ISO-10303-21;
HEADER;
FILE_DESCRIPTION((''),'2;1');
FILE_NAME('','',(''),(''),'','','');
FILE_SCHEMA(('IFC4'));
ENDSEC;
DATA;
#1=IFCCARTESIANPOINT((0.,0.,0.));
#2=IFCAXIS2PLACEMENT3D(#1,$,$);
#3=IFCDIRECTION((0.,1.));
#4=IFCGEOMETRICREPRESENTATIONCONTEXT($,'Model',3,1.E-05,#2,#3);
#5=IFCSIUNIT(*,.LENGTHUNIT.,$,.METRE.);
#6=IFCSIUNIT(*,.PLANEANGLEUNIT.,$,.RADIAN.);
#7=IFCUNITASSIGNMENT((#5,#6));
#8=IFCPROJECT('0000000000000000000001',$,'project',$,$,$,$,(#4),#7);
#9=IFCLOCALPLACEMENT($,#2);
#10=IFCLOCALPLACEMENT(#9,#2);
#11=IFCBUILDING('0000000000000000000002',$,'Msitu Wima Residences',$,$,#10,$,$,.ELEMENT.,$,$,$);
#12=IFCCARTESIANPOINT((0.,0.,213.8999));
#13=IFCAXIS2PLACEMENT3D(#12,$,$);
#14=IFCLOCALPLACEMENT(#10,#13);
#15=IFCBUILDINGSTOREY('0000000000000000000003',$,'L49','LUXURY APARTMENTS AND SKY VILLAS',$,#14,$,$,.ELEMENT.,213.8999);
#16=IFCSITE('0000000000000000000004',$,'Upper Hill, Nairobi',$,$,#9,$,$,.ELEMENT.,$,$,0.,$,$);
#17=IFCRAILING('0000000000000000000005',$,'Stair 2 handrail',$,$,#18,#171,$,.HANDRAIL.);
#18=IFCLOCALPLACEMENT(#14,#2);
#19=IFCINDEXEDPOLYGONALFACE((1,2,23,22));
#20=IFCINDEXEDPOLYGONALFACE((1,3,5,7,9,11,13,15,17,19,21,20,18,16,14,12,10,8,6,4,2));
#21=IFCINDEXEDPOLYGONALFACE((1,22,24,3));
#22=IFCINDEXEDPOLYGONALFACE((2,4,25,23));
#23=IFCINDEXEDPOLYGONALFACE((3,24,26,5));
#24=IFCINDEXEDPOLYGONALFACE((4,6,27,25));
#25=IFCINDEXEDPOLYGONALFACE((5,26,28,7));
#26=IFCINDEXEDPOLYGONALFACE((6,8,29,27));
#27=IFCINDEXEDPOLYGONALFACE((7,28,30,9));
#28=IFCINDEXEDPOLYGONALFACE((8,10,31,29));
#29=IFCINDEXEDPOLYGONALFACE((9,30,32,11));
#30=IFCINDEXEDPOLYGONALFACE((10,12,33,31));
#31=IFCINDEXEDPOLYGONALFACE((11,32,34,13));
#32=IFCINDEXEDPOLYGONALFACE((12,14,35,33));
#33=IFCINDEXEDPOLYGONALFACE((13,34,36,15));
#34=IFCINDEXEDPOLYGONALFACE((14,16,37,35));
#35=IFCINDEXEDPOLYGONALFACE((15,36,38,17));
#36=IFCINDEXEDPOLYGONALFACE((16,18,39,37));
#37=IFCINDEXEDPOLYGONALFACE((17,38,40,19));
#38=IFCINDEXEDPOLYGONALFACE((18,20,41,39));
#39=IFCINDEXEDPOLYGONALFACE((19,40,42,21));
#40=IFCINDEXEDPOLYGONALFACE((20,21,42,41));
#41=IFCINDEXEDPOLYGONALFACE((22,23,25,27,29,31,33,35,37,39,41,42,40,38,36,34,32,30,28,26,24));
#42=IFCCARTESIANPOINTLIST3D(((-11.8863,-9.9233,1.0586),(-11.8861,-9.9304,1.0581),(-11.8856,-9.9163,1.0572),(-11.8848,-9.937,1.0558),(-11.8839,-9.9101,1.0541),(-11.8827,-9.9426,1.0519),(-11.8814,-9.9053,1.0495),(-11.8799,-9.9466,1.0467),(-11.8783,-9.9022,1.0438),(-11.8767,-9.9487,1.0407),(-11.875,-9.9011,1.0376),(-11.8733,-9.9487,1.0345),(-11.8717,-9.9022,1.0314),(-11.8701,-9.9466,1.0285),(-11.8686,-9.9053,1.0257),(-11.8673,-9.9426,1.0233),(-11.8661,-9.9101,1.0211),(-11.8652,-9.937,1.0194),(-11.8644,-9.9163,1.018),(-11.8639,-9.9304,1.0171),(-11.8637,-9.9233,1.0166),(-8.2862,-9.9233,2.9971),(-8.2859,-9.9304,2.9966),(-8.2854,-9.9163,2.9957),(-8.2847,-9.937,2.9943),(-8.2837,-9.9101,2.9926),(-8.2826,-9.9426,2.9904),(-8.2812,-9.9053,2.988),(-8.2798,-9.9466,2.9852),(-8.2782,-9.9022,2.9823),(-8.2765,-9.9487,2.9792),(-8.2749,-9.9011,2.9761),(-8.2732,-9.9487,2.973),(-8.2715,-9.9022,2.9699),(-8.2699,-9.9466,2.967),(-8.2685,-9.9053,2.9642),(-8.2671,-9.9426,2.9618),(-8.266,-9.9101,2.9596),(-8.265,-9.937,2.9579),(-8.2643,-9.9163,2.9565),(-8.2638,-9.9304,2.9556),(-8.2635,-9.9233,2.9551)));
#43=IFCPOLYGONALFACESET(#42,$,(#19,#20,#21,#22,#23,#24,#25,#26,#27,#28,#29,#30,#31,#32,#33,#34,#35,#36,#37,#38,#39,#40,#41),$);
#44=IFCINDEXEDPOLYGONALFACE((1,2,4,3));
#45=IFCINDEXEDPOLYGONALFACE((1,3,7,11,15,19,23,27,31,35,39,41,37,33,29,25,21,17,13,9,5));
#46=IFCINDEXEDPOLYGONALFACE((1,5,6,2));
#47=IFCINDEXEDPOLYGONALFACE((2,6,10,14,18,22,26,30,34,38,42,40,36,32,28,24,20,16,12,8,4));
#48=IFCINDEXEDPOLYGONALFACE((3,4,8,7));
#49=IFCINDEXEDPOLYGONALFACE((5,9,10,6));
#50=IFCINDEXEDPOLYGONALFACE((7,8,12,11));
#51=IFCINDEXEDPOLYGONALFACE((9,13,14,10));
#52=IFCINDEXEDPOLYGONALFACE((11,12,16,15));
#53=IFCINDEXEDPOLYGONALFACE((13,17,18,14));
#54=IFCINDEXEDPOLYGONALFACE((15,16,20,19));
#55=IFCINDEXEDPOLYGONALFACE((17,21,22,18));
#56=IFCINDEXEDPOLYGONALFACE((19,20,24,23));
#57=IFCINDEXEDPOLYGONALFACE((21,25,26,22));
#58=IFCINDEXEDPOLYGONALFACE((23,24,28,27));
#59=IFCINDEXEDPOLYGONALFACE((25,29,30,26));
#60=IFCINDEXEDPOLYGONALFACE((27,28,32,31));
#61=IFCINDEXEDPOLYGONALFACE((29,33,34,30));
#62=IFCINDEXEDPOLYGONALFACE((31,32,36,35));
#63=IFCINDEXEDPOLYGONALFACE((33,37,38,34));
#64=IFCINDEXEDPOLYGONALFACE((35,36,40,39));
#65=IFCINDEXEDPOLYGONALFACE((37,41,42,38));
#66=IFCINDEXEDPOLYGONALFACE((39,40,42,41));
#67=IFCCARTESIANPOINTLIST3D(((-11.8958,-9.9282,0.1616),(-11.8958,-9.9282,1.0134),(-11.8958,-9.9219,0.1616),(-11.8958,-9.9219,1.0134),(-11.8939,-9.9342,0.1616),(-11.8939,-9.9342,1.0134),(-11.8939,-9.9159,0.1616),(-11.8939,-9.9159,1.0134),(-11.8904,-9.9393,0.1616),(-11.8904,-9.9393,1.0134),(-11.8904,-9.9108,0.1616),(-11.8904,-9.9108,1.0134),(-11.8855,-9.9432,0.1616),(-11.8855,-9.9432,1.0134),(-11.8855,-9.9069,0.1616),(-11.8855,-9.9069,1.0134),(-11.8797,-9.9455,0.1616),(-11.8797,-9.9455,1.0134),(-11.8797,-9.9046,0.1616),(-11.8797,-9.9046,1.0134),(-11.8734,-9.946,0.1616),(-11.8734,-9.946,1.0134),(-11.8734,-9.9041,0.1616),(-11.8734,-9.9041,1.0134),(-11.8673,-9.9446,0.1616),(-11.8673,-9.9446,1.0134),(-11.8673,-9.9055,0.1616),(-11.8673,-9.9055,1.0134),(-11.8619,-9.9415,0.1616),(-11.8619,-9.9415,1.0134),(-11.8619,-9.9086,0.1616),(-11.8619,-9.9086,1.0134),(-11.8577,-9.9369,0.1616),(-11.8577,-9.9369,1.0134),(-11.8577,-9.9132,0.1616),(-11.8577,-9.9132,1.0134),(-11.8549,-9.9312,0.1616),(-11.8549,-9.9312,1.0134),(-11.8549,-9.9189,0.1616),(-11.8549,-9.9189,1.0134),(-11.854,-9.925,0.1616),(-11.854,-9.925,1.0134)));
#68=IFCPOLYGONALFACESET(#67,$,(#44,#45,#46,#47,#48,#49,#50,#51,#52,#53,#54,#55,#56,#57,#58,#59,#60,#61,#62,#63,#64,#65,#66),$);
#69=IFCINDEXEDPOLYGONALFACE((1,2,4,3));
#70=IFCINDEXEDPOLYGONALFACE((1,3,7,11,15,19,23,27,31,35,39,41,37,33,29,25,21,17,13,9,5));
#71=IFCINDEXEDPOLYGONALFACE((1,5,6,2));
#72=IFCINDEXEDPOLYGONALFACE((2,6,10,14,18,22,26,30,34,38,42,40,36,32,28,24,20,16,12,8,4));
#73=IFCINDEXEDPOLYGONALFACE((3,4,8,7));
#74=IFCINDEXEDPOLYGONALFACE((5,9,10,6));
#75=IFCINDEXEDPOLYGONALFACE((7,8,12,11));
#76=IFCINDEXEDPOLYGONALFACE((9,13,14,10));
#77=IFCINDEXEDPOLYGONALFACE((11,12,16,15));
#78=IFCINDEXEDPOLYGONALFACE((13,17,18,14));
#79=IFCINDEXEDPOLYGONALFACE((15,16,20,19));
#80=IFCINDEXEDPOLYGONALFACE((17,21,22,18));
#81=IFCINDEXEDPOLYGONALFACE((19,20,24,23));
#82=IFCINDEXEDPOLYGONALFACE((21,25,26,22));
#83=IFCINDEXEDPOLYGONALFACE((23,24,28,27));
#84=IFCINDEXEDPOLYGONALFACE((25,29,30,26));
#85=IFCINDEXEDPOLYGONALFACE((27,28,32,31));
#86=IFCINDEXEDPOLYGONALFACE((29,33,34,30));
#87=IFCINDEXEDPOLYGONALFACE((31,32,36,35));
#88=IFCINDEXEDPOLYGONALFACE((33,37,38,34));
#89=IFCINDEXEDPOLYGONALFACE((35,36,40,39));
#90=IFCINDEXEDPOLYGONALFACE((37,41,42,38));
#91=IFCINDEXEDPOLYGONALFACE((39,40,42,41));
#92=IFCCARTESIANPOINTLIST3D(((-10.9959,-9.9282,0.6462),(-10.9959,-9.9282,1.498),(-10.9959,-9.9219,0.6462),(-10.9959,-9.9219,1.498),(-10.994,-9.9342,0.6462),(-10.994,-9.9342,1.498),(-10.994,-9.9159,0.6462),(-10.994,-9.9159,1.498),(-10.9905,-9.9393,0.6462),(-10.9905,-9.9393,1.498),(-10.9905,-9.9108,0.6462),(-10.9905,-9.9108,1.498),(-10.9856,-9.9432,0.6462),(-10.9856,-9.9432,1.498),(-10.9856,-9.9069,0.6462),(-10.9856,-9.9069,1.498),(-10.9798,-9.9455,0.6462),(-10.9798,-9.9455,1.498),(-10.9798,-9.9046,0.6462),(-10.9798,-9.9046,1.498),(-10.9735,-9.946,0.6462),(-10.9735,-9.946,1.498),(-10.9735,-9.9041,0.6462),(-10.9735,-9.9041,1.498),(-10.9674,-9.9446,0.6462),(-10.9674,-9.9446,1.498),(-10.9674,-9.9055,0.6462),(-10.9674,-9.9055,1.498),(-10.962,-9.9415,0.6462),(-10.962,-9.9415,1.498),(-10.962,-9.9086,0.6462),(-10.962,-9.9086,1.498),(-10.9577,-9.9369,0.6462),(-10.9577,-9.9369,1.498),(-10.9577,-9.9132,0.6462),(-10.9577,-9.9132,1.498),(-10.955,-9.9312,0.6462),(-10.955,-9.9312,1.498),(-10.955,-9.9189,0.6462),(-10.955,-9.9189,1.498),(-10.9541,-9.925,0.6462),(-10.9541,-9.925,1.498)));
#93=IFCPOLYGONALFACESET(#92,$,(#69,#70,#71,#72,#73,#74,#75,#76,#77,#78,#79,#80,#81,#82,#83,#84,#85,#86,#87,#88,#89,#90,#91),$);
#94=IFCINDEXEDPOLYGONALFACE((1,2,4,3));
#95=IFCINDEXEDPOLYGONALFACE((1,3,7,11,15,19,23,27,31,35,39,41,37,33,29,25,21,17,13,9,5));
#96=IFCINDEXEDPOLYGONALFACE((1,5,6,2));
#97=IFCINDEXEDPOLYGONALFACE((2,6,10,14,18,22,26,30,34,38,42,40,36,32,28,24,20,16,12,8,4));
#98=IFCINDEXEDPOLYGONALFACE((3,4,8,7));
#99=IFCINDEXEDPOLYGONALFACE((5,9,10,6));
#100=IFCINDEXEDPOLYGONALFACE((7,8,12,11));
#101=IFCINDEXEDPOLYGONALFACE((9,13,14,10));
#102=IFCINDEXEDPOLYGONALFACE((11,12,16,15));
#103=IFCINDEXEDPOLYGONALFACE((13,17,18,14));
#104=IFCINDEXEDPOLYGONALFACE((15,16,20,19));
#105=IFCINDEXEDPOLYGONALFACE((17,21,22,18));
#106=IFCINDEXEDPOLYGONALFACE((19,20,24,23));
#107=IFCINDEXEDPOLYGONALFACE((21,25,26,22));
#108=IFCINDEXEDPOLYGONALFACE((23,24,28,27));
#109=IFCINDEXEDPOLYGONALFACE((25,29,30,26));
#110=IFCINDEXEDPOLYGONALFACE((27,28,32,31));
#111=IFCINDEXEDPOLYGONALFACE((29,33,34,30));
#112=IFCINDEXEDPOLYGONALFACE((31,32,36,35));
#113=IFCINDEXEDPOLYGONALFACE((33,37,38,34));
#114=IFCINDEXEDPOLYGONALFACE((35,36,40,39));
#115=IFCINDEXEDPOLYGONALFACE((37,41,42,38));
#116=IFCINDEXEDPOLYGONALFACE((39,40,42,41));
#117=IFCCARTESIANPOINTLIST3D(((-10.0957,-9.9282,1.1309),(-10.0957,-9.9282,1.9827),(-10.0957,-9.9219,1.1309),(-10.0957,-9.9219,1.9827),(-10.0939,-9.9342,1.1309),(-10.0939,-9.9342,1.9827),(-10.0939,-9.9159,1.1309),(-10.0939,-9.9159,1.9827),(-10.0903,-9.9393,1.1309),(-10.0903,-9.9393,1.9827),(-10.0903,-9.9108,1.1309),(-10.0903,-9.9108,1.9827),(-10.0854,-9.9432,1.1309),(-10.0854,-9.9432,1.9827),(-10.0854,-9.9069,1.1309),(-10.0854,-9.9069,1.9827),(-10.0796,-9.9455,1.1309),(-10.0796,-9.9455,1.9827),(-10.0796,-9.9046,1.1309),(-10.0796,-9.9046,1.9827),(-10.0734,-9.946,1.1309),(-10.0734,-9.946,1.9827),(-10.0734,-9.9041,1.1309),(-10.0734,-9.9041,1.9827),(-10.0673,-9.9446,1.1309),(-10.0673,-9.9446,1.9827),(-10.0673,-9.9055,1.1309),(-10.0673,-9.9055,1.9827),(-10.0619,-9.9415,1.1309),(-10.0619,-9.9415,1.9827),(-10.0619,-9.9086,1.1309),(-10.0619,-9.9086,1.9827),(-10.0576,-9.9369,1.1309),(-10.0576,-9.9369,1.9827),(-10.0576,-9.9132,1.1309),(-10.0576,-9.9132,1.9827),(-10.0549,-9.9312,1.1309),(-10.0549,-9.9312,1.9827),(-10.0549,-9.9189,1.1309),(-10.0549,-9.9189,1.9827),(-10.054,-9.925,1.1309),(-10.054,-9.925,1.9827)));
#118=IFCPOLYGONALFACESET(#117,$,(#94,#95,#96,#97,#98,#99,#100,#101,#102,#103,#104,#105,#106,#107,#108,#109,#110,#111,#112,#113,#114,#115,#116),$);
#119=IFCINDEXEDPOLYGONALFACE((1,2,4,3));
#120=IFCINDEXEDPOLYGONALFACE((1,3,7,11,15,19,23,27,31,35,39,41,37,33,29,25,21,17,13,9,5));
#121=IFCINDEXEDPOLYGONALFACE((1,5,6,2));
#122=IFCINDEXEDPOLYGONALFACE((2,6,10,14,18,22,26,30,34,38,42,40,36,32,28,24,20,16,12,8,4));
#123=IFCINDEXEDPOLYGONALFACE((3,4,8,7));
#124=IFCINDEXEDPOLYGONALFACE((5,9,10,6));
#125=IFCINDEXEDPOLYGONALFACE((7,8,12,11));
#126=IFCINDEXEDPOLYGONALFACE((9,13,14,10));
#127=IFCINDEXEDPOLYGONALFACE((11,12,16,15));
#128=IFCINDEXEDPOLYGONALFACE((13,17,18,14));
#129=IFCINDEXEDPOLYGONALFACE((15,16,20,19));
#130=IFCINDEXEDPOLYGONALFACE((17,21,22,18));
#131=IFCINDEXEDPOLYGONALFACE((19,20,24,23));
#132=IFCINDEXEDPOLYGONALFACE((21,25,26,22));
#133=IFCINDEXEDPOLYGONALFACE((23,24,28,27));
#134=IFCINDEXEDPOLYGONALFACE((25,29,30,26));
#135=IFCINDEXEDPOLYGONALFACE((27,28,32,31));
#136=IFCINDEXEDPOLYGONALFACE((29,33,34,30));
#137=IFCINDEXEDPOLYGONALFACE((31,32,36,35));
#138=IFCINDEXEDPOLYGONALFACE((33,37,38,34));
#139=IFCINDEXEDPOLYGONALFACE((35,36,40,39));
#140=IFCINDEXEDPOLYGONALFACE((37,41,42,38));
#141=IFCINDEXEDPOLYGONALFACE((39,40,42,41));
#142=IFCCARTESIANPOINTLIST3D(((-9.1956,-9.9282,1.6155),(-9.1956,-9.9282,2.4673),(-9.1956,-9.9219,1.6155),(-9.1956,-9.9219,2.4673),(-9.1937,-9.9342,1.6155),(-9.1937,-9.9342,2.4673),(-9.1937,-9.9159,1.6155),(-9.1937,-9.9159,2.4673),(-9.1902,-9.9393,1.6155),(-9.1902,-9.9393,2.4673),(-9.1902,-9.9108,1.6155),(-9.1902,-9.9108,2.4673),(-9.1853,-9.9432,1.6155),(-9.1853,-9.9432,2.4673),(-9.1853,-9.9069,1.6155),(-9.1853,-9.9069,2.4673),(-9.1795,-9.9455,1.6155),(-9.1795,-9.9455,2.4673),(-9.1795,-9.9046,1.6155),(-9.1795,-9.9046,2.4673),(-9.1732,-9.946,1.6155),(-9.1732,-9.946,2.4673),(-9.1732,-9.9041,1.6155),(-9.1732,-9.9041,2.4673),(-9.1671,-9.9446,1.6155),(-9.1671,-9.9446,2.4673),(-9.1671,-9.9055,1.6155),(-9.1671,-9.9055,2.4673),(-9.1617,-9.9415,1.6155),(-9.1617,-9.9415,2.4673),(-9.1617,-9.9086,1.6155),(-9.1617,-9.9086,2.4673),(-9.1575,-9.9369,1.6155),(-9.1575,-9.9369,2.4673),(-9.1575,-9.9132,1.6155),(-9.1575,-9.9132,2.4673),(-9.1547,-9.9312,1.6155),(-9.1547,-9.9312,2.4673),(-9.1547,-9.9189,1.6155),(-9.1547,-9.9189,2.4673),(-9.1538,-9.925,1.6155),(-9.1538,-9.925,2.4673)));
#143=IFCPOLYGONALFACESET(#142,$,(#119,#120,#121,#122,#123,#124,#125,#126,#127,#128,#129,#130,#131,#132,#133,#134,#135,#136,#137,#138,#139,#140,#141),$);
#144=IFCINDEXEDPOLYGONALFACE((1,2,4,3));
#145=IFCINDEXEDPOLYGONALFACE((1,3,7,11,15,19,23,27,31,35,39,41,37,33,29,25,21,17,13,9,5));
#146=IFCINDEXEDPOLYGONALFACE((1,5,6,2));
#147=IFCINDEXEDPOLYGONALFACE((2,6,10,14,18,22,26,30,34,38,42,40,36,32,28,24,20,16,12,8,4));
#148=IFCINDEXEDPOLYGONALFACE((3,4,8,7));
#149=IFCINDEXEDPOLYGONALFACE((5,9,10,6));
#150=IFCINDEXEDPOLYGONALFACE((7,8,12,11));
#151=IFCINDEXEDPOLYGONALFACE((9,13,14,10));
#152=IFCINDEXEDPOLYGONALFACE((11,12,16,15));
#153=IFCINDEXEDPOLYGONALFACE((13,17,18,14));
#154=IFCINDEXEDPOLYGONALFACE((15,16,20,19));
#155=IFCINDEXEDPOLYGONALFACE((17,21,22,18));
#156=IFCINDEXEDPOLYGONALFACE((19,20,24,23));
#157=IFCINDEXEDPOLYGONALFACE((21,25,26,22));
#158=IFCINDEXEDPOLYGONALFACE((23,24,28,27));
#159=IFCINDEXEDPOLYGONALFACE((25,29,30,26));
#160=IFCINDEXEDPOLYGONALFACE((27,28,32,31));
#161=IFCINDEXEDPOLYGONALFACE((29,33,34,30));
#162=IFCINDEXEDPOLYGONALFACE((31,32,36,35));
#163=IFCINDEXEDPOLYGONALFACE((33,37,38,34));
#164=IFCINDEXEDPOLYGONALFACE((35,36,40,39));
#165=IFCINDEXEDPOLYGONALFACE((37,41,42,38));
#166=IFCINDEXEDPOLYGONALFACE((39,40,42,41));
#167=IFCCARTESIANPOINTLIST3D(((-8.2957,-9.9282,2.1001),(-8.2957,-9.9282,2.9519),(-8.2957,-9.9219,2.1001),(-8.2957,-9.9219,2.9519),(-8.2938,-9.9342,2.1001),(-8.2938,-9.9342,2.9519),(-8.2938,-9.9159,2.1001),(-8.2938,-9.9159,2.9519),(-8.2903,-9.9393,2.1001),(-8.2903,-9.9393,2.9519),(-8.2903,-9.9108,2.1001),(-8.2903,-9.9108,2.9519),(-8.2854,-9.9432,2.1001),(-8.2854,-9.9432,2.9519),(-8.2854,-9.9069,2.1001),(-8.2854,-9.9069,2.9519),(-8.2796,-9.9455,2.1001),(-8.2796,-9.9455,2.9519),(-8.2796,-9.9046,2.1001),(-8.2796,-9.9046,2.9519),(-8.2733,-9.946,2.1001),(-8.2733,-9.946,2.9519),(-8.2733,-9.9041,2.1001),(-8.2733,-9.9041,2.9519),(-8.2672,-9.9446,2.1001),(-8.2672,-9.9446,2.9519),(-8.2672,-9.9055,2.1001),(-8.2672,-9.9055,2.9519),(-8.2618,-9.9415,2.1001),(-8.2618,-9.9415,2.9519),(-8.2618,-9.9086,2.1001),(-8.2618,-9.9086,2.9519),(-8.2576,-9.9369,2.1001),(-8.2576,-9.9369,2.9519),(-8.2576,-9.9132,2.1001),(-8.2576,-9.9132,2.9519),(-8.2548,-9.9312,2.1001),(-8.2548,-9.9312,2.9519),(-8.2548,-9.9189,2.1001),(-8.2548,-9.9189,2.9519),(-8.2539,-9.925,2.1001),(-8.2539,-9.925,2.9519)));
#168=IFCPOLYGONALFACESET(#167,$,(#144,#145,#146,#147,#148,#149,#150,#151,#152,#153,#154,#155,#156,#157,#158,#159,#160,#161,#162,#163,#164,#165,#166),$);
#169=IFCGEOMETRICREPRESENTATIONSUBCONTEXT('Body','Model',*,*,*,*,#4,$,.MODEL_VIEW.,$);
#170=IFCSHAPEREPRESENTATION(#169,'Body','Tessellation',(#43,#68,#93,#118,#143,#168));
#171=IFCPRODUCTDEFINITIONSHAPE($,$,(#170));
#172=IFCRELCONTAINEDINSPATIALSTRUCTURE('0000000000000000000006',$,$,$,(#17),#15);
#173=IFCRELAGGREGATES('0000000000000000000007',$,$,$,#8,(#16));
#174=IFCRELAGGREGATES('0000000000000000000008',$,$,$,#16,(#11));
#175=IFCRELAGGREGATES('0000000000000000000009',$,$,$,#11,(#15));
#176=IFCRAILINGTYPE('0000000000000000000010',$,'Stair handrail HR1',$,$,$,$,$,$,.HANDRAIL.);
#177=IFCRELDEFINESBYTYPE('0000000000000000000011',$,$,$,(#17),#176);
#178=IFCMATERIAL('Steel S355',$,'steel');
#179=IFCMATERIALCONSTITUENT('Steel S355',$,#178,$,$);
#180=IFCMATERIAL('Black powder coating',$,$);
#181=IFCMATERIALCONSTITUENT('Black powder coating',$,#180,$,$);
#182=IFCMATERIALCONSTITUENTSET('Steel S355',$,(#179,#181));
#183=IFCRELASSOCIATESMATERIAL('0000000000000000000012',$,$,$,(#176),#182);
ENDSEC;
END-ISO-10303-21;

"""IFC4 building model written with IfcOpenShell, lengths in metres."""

from ifc_helpers import new_model, si_unit, direction, frame, origin, origin_2d, place, context, subcontext, project, spatial, circle, extrude, material, constituent, constituent_set, type_object, element, save


model = new_model("IFC4")

# Units and contexts
model_context = context("Model", 3, precision=1e-05, world=origin(), true_north=direction((0.0, 1.0)))
body_context = subcontext(model_context, "Body", "Model", "MODEL_VIEW")
ifc_project = project(units=[si_unit("LENGTHUNIT", "METRE"), si_unit("PLANEANGLEUNIT", "RADIAN")], contexts=[model_context])

# Site, building, storey
site_placement = place(None, origin())
site = spatial("IfcSite", under=ifc_project, at=site_placement, Name="Upper Hill, Nairobi", CompositionType="ELEMENT", RefElevation=0.0)
building_placement = place(site_placement, origin())
building = spatial("IfcBuilding", under=site, at=building_placement, Name="Msitu Wima Residences", CompositionType="ELEMENT")
storey_placement = place(building_placement, frame((0.0, 0.0, 213.8999)))
storey = spatial("IfcBuildingStorey", under=building, at=storey_placement, Name="L49", Description="LUXURY APARTMENTS AND SKY VILLAS", CompositionType="ELEMENT", Elevation=213.8999)

# Railing
ifc_material_1 = material(Name="Steel S355", Category="steel")
ifc_constituent_1 = constituent(ifc_material_1, Name="Steel S355")
ifc_material_2 = material(Name="Black powder coating")
ifc_constituent_2 = constituent(ifc_material_2, Name="Black powder coating")
ifc_constituent_set = constituent_set(constituents=[ifc_constituent_1, ifc_constituent_2], Name="Steel S355")
railing_type = type_object("IfcRailingType", Name="Stair handrail HR1", PredefinedType="HANDRAIL", material=ifc_constituent_set)
for number, where, name in (
    (1, (-11.875, -9.925, 0.1616), "Stair 2 handrail"),
):
    element("IfcRailing", number, at=place(storey_placement, frame(where)), inside=storey, type_object=railing_type, Name=name, PredefinedType="HANDRAIL", context=body_context, shape_type="SweptSolid", body=[
        extrude(circle(Radius=0.0239, at=origin_2d()), frame((0.0, 0.0, 0.876), z_axis=(0.880475, 0.0, 0.474093), x_axis=(0.0, 1.0, 0.0)), (0.0, 0.0, 1.0), 4.0889),
        extrude(circle(Radius=0.021, at=origin_2d()), origin(), (0.0, 0.0, 1.0), 0.8518),
        extrude(circle(Radius=0.021, at=origin_2d()), frame((0.8999, 0.0, 0.4846)), (0.0, 0.0, 1.0), 0.8518),
        extrude(circle(Radius=0.021, at=origin_2d()), frame((1.8, 0.0, 0.9692)), (0.0, 0.0, 1.0), 0.8518),
        extrude(circle(Radius=0.021, at=origin_2d()), frame((2.7002, 0.0, 1.4539)), (0.0, 0.0, 1.0), 0.8518),
        extrude(circle(Radius=0.021, at=origin_2d()), frame((3.6001, 0.0, 1.9385)), (0.0, 0.0, 1.0), 0.8518),
    ])

save(model, "model.ifc")
